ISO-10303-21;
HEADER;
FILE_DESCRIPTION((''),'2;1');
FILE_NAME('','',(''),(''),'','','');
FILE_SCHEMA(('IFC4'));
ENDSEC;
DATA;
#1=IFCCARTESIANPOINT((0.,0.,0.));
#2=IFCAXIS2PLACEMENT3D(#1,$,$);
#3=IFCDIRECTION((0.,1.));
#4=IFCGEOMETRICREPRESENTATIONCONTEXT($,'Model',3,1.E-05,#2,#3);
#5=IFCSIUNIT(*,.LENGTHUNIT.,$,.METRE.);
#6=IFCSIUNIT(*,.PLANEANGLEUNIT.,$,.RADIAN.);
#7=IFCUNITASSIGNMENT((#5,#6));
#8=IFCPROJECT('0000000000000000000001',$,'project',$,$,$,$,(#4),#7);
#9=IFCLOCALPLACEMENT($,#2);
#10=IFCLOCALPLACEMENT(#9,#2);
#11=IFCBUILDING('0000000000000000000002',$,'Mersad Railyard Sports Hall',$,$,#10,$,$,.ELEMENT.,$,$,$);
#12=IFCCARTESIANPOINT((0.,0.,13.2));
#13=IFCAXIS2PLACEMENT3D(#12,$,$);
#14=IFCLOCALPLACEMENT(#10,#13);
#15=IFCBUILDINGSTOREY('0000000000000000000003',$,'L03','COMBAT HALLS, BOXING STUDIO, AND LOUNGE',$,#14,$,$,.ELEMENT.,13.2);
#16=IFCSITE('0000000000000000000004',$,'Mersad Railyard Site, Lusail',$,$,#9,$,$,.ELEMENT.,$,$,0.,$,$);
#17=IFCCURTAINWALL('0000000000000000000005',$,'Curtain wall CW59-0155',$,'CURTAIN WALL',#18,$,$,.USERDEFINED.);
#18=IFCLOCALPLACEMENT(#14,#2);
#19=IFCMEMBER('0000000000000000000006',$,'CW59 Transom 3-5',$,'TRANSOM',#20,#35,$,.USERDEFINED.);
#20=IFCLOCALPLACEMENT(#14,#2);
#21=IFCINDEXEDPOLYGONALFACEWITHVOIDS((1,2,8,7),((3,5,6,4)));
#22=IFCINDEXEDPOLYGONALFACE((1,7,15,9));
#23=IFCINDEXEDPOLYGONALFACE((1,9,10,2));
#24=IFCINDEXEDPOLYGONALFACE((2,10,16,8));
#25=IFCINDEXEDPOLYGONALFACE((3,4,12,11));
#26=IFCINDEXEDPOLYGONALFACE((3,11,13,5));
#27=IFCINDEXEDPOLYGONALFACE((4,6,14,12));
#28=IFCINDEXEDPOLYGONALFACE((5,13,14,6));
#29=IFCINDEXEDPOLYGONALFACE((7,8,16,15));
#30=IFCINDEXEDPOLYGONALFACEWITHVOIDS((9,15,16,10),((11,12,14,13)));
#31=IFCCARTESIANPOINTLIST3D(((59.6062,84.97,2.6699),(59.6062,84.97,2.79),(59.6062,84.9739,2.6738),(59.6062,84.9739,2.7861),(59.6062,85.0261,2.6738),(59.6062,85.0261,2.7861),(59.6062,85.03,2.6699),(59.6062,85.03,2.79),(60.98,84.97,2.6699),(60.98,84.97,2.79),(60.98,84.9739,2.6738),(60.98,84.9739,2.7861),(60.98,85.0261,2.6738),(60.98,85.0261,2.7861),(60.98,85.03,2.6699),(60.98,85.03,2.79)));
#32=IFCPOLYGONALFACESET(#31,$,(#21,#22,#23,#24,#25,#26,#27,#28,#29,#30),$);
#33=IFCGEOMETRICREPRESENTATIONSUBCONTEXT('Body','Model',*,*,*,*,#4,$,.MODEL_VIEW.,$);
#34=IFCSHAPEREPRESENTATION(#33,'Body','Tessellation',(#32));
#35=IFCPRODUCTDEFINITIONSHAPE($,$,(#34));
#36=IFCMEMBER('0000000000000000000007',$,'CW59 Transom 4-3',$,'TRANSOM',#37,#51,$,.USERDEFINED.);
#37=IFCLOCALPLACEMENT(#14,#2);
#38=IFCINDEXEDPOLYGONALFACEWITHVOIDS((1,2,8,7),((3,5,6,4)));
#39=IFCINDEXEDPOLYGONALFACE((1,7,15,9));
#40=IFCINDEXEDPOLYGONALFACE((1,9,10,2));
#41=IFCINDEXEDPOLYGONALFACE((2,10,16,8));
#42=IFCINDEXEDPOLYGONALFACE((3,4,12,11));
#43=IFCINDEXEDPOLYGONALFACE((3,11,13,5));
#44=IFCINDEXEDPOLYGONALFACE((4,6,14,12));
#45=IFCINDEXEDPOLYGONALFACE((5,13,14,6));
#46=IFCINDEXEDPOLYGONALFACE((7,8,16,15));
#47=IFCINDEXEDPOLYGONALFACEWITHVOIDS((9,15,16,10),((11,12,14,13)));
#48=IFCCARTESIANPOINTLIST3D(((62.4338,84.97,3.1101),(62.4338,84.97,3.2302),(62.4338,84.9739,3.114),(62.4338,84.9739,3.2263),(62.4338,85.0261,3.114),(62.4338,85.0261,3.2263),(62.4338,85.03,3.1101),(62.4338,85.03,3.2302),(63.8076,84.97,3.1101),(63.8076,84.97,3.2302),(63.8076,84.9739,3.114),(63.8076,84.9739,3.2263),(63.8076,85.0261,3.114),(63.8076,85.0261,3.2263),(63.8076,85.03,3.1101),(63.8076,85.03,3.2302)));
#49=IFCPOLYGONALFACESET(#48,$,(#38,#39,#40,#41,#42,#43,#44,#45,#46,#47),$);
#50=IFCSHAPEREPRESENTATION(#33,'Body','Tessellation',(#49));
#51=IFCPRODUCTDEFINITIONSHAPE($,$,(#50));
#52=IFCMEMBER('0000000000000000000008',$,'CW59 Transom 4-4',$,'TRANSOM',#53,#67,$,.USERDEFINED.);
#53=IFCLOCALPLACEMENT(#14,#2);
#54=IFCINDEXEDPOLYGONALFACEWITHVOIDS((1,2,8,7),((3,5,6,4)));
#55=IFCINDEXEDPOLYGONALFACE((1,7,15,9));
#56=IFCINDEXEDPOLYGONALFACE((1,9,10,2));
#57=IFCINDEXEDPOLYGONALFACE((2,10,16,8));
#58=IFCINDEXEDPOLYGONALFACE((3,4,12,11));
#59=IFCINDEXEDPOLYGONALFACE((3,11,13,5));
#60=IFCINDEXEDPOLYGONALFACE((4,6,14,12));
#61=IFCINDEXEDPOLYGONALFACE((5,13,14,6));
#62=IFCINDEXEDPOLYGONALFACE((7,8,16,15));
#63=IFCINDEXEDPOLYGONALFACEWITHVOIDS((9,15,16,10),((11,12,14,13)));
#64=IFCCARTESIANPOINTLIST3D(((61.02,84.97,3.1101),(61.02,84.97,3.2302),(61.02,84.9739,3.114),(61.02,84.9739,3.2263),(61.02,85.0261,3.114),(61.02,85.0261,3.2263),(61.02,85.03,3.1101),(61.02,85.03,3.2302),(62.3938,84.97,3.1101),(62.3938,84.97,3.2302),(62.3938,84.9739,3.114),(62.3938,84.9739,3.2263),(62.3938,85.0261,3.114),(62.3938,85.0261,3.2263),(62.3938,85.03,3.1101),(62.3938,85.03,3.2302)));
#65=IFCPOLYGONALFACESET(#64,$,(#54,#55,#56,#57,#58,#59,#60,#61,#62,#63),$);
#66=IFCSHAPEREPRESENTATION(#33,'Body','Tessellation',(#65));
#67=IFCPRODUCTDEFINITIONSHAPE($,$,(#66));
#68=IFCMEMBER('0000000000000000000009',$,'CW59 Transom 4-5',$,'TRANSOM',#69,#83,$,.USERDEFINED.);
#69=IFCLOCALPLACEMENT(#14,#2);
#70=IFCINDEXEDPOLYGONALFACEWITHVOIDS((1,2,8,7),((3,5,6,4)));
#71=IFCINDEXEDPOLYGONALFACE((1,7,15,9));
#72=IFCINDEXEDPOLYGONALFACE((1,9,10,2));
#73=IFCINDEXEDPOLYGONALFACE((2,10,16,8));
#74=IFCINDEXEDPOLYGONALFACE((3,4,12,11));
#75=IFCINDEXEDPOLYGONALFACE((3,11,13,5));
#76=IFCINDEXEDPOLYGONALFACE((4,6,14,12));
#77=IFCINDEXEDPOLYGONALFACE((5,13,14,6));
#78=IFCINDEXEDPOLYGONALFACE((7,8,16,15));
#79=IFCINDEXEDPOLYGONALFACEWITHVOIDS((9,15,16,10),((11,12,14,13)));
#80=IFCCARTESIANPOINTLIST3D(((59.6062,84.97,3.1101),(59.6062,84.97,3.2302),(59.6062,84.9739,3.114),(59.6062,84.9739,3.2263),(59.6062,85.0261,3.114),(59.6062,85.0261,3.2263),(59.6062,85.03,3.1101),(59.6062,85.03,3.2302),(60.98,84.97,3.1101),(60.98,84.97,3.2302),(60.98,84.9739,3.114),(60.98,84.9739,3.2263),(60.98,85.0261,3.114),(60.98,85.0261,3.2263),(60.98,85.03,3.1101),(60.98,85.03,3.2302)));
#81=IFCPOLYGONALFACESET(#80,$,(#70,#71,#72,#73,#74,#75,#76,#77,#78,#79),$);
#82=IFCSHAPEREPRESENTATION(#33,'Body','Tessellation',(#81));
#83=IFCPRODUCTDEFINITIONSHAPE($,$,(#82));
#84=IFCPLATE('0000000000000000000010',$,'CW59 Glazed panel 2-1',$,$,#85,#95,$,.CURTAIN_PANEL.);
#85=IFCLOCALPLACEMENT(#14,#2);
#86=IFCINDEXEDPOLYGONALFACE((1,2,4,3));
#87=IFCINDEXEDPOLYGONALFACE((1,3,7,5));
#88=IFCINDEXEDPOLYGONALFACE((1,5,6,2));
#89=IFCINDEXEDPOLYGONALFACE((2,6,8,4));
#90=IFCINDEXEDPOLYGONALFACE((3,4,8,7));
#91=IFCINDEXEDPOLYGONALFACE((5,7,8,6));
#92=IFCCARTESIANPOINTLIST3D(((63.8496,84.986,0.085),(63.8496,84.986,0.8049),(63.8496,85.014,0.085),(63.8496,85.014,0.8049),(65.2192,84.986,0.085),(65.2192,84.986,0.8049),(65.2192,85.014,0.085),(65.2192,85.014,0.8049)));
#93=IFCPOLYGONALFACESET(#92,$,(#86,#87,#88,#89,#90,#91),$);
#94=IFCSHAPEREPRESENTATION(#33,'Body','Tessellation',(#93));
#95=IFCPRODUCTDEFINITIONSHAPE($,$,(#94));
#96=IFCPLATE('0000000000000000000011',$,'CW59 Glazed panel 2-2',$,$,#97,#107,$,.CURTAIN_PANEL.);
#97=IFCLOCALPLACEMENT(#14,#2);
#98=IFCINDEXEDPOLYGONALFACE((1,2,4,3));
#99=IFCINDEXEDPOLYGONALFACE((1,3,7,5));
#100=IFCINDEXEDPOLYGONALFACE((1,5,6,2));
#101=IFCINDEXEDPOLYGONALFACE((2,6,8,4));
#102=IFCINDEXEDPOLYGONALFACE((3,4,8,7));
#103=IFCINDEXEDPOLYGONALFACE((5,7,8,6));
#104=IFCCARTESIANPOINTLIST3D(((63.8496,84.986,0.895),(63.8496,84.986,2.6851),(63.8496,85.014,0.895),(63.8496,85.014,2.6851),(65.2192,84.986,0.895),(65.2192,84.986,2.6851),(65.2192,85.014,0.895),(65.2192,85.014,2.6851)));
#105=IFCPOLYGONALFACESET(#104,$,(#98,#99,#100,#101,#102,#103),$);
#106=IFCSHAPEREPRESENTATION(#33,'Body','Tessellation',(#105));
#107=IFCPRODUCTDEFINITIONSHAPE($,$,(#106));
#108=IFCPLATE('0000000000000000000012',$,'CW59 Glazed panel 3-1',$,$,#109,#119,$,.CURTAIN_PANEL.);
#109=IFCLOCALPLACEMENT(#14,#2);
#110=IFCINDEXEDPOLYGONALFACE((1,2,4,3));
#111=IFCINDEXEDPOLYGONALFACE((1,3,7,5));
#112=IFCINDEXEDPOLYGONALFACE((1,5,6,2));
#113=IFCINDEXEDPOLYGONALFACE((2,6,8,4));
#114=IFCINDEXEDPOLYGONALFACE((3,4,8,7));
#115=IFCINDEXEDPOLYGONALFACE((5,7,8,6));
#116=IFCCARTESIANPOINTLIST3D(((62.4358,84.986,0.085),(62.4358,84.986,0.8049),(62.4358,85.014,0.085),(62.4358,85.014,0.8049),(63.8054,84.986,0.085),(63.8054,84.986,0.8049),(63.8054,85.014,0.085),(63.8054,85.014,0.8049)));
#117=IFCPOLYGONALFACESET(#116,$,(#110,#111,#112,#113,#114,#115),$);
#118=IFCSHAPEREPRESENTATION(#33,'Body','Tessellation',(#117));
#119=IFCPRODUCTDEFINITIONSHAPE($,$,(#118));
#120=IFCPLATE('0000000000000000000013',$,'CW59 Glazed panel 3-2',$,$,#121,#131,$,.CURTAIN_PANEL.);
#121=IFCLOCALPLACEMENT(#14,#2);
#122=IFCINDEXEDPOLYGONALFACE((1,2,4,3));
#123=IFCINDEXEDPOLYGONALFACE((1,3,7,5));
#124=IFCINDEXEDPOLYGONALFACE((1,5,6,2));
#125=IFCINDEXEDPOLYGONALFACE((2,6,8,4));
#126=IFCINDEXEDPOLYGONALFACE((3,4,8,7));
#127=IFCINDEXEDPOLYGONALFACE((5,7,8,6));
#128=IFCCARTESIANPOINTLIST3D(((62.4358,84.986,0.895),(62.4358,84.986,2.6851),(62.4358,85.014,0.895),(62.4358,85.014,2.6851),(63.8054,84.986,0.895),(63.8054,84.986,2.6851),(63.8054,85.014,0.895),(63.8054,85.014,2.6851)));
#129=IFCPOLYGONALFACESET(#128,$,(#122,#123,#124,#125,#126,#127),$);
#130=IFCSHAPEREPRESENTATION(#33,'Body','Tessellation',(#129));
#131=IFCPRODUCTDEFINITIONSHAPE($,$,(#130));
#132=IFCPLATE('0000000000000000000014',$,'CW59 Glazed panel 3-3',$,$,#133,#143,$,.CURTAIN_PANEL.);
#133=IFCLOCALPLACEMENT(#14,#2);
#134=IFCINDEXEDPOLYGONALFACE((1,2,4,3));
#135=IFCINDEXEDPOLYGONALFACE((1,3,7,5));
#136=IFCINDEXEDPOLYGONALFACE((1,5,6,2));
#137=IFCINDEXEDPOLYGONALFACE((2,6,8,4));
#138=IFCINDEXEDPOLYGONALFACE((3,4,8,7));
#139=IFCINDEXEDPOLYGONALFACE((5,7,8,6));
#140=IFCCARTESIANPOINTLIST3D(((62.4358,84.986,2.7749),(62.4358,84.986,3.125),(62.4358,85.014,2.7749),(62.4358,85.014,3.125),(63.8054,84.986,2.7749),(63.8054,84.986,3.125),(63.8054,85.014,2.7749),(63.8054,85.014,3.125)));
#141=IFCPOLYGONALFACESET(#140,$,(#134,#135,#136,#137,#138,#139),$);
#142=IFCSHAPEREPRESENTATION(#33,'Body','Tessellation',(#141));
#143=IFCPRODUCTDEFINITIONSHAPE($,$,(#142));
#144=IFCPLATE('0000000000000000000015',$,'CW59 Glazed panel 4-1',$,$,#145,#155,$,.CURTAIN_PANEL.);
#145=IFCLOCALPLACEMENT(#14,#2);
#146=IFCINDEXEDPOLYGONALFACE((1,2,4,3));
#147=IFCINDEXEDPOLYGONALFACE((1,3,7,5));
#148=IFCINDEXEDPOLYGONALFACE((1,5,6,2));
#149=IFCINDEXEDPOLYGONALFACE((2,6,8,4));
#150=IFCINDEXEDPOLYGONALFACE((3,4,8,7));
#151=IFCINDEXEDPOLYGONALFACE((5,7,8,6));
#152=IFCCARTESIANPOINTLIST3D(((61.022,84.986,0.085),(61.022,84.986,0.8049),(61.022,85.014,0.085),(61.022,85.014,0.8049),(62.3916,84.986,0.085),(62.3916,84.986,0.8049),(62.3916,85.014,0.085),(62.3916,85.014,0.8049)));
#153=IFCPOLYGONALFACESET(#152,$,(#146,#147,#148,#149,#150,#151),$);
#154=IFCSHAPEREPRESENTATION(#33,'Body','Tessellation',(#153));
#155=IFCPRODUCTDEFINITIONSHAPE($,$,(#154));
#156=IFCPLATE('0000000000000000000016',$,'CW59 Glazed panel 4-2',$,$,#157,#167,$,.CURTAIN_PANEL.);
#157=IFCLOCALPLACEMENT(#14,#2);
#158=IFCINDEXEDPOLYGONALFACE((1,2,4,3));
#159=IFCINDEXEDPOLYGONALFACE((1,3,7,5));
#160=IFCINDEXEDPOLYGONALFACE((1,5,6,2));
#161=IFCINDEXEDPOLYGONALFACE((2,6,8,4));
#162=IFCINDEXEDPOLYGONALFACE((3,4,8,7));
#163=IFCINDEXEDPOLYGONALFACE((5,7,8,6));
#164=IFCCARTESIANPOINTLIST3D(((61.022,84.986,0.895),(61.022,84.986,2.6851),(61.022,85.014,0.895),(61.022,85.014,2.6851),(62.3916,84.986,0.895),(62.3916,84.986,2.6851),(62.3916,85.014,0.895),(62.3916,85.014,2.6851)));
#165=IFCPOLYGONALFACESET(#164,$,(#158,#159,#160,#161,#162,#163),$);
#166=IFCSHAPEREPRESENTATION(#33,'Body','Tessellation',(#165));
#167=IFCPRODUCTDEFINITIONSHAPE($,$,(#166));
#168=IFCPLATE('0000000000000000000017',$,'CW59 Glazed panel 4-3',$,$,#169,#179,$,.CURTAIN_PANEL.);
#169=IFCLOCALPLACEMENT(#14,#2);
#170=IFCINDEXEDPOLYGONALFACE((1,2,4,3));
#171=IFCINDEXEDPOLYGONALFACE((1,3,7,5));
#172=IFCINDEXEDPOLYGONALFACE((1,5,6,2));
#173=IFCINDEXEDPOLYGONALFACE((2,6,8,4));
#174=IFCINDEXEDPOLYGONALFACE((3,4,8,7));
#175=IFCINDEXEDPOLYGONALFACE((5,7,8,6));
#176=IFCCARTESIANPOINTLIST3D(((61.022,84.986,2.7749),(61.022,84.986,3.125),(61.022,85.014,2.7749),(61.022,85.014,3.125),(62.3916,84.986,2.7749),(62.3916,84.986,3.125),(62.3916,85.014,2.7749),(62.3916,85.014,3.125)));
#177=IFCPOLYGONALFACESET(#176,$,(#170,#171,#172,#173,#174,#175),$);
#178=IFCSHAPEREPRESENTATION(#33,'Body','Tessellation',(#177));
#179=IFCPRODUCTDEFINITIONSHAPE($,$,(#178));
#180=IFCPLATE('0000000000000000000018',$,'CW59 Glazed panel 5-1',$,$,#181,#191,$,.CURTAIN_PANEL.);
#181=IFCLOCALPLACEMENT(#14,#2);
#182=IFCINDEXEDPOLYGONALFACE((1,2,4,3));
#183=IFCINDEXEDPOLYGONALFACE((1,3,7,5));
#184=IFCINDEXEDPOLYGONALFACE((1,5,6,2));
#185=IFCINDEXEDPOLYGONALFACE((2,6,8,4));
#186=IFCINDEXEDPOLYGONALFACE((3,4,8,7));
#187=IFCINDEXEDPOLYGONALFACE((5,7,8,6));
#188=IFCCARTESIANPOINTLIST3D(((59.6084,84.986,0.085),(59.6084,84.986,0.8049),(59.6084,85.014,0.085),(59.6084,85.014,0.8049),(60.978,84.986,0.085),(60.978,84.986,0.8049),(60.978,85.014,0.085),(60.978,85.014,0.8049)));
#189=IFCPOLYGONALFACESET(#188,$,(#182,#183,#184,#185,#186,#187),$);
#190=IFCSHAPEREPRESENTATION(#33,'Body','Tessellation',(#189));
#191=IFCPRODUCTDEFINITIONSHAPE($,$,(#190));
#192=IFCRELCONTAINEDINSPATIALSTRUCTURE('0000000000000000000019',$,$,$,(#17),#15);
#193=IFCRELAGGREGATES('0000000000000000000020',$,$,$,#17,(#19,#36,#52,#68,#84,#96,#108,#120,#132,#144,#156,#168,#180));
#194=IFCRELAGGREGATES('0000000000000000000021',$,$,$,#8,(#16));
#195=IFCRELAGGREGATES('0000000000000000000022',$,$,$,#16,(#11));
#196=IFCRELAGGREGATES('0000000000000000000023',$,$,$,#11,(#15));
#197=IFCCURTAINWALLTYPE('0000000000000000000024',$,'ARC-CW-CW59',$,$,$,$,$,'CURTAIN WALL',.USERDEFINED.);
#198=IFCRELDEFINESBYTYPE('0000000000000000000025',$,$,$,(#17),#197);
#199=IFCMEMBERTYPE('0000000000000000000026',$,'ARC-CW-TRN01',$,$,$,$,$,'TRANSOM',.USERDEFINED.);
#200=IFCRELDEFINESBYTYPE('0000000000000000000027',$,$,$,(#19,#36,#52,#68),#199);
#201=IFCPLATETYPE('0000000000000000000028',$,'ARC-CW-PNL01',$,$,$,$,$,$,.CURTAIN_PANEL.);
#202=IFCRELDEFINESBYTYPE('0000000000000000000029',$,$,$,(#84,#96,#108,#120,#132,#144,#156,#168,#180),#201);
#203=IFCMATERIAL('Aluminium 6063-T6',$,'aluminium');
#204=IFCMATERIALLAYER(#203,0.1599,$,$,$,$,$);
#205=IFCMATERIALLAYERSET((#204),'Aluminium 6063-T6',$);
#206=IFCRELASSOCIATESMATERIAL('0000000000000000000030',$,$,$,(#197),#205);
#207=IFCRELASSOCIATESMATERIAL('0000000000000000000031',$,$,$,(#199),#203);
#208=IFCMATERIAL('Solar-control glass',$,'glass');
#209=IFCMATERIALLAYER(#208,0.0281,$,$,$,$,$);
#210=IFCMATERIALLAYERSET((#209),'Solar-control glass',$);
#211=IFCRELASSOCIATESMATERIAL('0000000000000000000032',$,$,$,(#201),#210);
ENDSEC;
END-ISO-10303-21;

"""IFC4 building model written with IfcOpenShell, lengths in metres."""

from ifc_helpers import new_model, si_unit, direction, frame, origin, origin_2d, place, context, subcontext, project, spatial, rectangle, hollow_rectangle, extrude, material, layer, layer_set, material_profile, profile_set, type_object, element, aggregate, save


model = new_model("IFC4")

# Units and contexts
model_context = context("Model", 3, precision=1e-05, world=origin(), true_north=direction((0.0, 1.0)))
body_context = subcontext(model_context, "Body", "Model", "MODEL_VIEW")
ifc_project = project(units=[si_unit("LENGTHUNIT", "METRE"), si_unit("PLANEANGLEUNIT", "RADIAN")], contexts=[model_context])

# Site, building, storey
site_placement = place(None, origin())
site = spatial("IfcSite", under=ifc_project, at=site_placement, Name="Mersad Railyard Site, Lusail", CompositionType="ELEMENT", RefElevation=0.0)
building_placement = place(site_placement, origin())
building = spatial("IfcBuilding", under=site, at=building_placement, Name="Mersad Railyard Sports Hall", CompositionType="ELEMENT")
storey_placement = place(building_placement, frame((0.0, 0.0, 13.2)))
storey = spatial("IfcBuildingStorey", under=building, at=storey_placement, Name="L03", Description="COMBAT HALLS, BOXING STUDIO, AND LOUNGE", CompositionType="ELEMENT", Elevation=13.2)

# Curtain wall, members, plates
ifc_material_1 = material(Name="Aluminium 6063-T6", Category="aluminium")
ifc_layer_1 = layer(ifc_material_1, 0.1599)
ifc_layer_set_1 = layer_set([ifc_layer_1], Name="Aluminium 6063-T6")
curtain_wall_type = type_object("IfcCurtainWallType", Name="ARC-CW-CW59", ElementType="CURTAIN WALL", PredefinedType="USERDEFINED", material=ifc_layer_set_1)
curtain_wall_placement = place(storey_placement, origin())
curtain_wall = element("IfcCurtainWall", 1, at=curtain_wall_placement, inside=storey, type_object=curtain_wall_type, Name="Curtain wall CW59-0155", ObjectType="CURTAIN WALL", PredefinedType="USERDEFINED")
ifc_material_profile_1 = material_profile(ifc_material_1, hollow_rectangle(XDim=0.0601, YDim=0.1201, WallThickness=0.0039, at=origin_2d()), Name="AL TRANSOM 60x120x4")
ifc_profile_set_1 = profile_set([ifc_material_profile_1], Name="Aluminium 6063-T6")
member_type_1 = type_object("IfcMemberType", Name="ARC-CW-TRN01", ElementType="TRANSOM", PredefinedType="USERDEFINED", material=ifc_profile_set_1)
member_1_placement = place(storey_placement, frame((60.98, 85.0, 2.73), z_axis=(-1.0, 0.0, 0.0), x_axis=(0.0, -1.0, 0.0)))
member_1 = element("IfcMember", 2, at=member_1_placement, type_object=member_type_1, Name="CW59 Transom 3-5", ObjectType="TRANSOM", PredefinedType="USERDEFINED", context=body_context, shape_type="SweptSolid", body=[
    extrude(hollow_rectangle(XDim=0.0601, YDim=0.1201, WallThickness=0.0039, at=origin_2d()), origin(), (0.0, 0.0, 1.0), 1.3738),
])
member_2_placement = place(storey_placement, frame((63.8076, 85.0, 3.1702), z_axis=(-1.0, 0.0, 0.0), x_axis=(0.0, -1.0, 0.0)))
member_2 = element("IfcMember", 3, at=member_2_placement, type_object=member_type_1, Name="CW59 Transom 4-3", ObjectType="TRANSOM", PredefinedType="USERDEFINED", context=body_context, shape_type="SweptSolid", body=[
    extrude(hollow_rectangle(XDim=0.0601, YDim=0.1201, WallThickness=0.0039, at=origin_2d()), origin(), (0.0, 0.0, 1.0), 1.3738),
])
member_3_placement = place(storey_placement, frame((62.3938, 85.0, 3.1702), z_axis=(-1.0, 0.0, 0.0), x_axis=(0.0, -1.0, 0.0)))
member_3 = element("IfcMember", 4, at=member_3_placement, type_object=member_type_1, Name="CW59 Transom 4-4", ObjectType="TRANSOM", PredefinedType="USERDEFINED", context=body_context, shape_type="SweptSolid", body=[
    extrude(hollow_rectangle(XDim=0.0601, YDim=0.1201, WallThickness=0.0039, at=origin_2d()), origin(), (0.0, 0.0, 1.0), 1.3738),
])
member_4_placement = place(storey_placement, frame((60.98, 85.0, 3.1702), z_axis=(-1.0, 0.0, 0.0), x_axis=(0.0, -1.0, 0.0)))
member_4 = element("IfcMember", 5, at=member_4_placement, type_object=member_type_1, Name="CW59 Transom 4-5", ObjectType="TRANSOM", PredefinedType="USERDEFINED", context=body_context, shape_type="SweptSolid", body=[
    extrude(hollow_rectangle(XDim=0.0601, YDim=0.1201, WallThickness=0.0039, at=origin_2d()), origin(), (0.0, 0.0, 1.0), 1.3738),
])
ifc_material_2 = material(Name="Solar-control glass", Category="glass")
ifc_layer_2 = layer(ifc_material_2, 0.0281)
ifc_layer_set_2 = layer_set([ifc_layer_2], Name="Solar-control glass")
plate_type = type_object("IfcPlateType", Name="ARC-CW-PNL01", PredefinedType="CURTAIN_PANEL", material=ifc_layer_set_2)
plate_1_placement = place(storey_placement, frame((64.5344, 85.0, 0.085), z_axis=(0.0, 0.0, 1.0), x_axis=(-1.0, 0.0, 0.0)))
plate_1 = element("IfcPlate", 6, at=plate_1_placement, type_object=plate_type, Name="CW59 Glazed panel 2-1", PredefinedType="CURTAIN_PANEL", context=body_context, shape_type="SweptSolid", body=[
    extrude(rectangle(XDim=1.3696, YDim=0.0281, at=origin_2d()), origin(), (0.0, 0.0, 1.0), 0.72),
])
plate_2_placement = place(storey_placement, frame((64.5344, 85.0, 0.895), z_axis=(0.0, 0.0, 1.0), x_axis=(-1.0, 0.0, 0.0)))
plate_2 = element("IfcPlate", 7, at=plate_2_placement, type_object=plate_type, Name="CW59 Glazed panel 2-2", PredefinedType="CURTAIN_PANEL", context=body_context, shape_type="SweptSolid", body=[
    extrude(rectangle(XDim=1.3696, YDim=0.0281, at=origin_2d()), origin(), (0.0, 0.0, 1.0), 1.79),
])
plate_3_placement = place(storey_placement, frame((63.1206, 85.0, 0.085), z_axis=(0.0, 0.0, 1.0), x_axis=(-1.0, 0.0, 0.0)))
plate_3 = element("IfcPlate", 8, at=plate_3_placement, type_object=plate_type, Name="CW59 Glazed panel 3-1", PredefinedType="CURTAIN_PANEL", context=body_context, shape_type="SweptSolid", body=[
    extrude(rectangle(XDim=1.3696, YDim=0.0281, at=origin_2d()), origin(), (0.0, 0.0, 1.0), 0.72),
])
plate_4_placement = place(storey_placement, frame((63.1206, 85.0, 0.895), z_axis=(0.0, 0.0, 1.0), x_axis=(-1.0, 0.0, 0.0)))
plate_4 = element("IfcPlate", 9, at=plate_4_placement, type_object=plate_type, Name="CW59 Glazed panel 3-2", PredefinedType="CURTAIN_PANEL", context=body_context, shape_type="SweptSolid", body=[
    extrude(rectangle(XDim=1.3696, YDim=0.0281, at=origin_2d()), origin(), (0.0, 0.0, 1.0), 1.79),
])
plate_5_placement = place(storey_placement, frame((63.1206, 85.0, 2.7749), z_axis=(0.0, 0.0, 1.0), x_axis=(-1.0, 0.0, 0.0)))
plate_5 = element("IfcPlate", 10, at=plate_5_placement, type_object=plate_type, Name="CW59 Glazed panel 3-3", PredefinedType="CURTAIN_PANEL", context=body_context, shape_type="SweptSolid", body=[
    extrude(rectangle(XDim=1.3696, YDim=0.0281, at=origin_2d()), origin(), (0.0, 0.0, 1.0), 0.3501),
])
plate_6_placement = place(storey_placement, frame((61.7068, 85.0, 0.085), z_axis=(0.0, 0.0, 1.0), x_axis=(-1.0, 0.0, 0.0)))
plate_6 = element("IfcPlate", 11, at=plate_6_placement, type_object=plate_type, Name="CW59 Glazed panel 4-1", PredefinedType="CURTAIN_PANEL", context=body_context, shape_type="SweptSolid", body=[
    extrude(rectangle(XDim=1.3696, YDim=0.0281, at=origin_2d()), origin(), (0.0, 0.0, 1.0), 0.72),
])
plate_7_placement = place(storey_placement, frame((61.7068, 85.0, 0.895), z_axis=(0.0, 0.0, 1.0), x_axis=(-1.0, 0.0, 0.0)))
plate_7 = element("IfcPlate", 12, at=plate_7_placement, type_object=plate_type, Name="CW59 Glazed panel 4-2", PredefinedType="CURTAIN_PANEL", context=body_context, shape_type="SweptSolid", body=[
    extrude(rectangle(XDim=1.3696, YDim=0.0281, at=origin_2d()), origin(), (0.0, 0.0, 1.0), 1.79),
])
plate_8_placement = place(storey_placement, frame((61.7068, 85.0, 2.7749), z_axis=(0.0, 0.0, 1.0), x_axis=(-1.0, 0.0, 0.0)))
plate_8 = element("IfcPlate", 13, at=plate_8_placement, type_object=plate_type, Name="CW59 Glazed panel 4-3", PredefinedType="CURTAIN_PANEL", context=body_context, shape_type="SweptSolid", body=[
    extrude(rectangle(XDim=1.3696, YDim=0.0281, at=origin_2d()), origin(), (0.0, 0.0, 1.0), 0.3501),
])
plate_9_placement = place(storey_placement, frame((60.2932, 85.0, 0.085), z_axis=(0.0, 0.0, 1.0), x_axis=(-1.0, 0.0, 0.0)))
plate_9 = element("IfcPlate", 14, at=plate_9_placement, type_object=plate_type, Name="CW59 Glazed panel 5-1", PredefinedType="CURTAIN_PANEL", context=body_context, shape_type="SweptSolid", body=[
    extrude(rectangle(XDim=1.3696, YDim=0.0281, at=origin_2d()), origin(), (0.0, 0.0, 1.0), 0.72),
])
aggregate(curtain_wall, [member_1, member_2, member_3, member_4, plate_1, plate_2, plate_3, plate_4, plate_5, plate_6, plate_7, plate_8, plate_9])

save(model, "model.ifc")
